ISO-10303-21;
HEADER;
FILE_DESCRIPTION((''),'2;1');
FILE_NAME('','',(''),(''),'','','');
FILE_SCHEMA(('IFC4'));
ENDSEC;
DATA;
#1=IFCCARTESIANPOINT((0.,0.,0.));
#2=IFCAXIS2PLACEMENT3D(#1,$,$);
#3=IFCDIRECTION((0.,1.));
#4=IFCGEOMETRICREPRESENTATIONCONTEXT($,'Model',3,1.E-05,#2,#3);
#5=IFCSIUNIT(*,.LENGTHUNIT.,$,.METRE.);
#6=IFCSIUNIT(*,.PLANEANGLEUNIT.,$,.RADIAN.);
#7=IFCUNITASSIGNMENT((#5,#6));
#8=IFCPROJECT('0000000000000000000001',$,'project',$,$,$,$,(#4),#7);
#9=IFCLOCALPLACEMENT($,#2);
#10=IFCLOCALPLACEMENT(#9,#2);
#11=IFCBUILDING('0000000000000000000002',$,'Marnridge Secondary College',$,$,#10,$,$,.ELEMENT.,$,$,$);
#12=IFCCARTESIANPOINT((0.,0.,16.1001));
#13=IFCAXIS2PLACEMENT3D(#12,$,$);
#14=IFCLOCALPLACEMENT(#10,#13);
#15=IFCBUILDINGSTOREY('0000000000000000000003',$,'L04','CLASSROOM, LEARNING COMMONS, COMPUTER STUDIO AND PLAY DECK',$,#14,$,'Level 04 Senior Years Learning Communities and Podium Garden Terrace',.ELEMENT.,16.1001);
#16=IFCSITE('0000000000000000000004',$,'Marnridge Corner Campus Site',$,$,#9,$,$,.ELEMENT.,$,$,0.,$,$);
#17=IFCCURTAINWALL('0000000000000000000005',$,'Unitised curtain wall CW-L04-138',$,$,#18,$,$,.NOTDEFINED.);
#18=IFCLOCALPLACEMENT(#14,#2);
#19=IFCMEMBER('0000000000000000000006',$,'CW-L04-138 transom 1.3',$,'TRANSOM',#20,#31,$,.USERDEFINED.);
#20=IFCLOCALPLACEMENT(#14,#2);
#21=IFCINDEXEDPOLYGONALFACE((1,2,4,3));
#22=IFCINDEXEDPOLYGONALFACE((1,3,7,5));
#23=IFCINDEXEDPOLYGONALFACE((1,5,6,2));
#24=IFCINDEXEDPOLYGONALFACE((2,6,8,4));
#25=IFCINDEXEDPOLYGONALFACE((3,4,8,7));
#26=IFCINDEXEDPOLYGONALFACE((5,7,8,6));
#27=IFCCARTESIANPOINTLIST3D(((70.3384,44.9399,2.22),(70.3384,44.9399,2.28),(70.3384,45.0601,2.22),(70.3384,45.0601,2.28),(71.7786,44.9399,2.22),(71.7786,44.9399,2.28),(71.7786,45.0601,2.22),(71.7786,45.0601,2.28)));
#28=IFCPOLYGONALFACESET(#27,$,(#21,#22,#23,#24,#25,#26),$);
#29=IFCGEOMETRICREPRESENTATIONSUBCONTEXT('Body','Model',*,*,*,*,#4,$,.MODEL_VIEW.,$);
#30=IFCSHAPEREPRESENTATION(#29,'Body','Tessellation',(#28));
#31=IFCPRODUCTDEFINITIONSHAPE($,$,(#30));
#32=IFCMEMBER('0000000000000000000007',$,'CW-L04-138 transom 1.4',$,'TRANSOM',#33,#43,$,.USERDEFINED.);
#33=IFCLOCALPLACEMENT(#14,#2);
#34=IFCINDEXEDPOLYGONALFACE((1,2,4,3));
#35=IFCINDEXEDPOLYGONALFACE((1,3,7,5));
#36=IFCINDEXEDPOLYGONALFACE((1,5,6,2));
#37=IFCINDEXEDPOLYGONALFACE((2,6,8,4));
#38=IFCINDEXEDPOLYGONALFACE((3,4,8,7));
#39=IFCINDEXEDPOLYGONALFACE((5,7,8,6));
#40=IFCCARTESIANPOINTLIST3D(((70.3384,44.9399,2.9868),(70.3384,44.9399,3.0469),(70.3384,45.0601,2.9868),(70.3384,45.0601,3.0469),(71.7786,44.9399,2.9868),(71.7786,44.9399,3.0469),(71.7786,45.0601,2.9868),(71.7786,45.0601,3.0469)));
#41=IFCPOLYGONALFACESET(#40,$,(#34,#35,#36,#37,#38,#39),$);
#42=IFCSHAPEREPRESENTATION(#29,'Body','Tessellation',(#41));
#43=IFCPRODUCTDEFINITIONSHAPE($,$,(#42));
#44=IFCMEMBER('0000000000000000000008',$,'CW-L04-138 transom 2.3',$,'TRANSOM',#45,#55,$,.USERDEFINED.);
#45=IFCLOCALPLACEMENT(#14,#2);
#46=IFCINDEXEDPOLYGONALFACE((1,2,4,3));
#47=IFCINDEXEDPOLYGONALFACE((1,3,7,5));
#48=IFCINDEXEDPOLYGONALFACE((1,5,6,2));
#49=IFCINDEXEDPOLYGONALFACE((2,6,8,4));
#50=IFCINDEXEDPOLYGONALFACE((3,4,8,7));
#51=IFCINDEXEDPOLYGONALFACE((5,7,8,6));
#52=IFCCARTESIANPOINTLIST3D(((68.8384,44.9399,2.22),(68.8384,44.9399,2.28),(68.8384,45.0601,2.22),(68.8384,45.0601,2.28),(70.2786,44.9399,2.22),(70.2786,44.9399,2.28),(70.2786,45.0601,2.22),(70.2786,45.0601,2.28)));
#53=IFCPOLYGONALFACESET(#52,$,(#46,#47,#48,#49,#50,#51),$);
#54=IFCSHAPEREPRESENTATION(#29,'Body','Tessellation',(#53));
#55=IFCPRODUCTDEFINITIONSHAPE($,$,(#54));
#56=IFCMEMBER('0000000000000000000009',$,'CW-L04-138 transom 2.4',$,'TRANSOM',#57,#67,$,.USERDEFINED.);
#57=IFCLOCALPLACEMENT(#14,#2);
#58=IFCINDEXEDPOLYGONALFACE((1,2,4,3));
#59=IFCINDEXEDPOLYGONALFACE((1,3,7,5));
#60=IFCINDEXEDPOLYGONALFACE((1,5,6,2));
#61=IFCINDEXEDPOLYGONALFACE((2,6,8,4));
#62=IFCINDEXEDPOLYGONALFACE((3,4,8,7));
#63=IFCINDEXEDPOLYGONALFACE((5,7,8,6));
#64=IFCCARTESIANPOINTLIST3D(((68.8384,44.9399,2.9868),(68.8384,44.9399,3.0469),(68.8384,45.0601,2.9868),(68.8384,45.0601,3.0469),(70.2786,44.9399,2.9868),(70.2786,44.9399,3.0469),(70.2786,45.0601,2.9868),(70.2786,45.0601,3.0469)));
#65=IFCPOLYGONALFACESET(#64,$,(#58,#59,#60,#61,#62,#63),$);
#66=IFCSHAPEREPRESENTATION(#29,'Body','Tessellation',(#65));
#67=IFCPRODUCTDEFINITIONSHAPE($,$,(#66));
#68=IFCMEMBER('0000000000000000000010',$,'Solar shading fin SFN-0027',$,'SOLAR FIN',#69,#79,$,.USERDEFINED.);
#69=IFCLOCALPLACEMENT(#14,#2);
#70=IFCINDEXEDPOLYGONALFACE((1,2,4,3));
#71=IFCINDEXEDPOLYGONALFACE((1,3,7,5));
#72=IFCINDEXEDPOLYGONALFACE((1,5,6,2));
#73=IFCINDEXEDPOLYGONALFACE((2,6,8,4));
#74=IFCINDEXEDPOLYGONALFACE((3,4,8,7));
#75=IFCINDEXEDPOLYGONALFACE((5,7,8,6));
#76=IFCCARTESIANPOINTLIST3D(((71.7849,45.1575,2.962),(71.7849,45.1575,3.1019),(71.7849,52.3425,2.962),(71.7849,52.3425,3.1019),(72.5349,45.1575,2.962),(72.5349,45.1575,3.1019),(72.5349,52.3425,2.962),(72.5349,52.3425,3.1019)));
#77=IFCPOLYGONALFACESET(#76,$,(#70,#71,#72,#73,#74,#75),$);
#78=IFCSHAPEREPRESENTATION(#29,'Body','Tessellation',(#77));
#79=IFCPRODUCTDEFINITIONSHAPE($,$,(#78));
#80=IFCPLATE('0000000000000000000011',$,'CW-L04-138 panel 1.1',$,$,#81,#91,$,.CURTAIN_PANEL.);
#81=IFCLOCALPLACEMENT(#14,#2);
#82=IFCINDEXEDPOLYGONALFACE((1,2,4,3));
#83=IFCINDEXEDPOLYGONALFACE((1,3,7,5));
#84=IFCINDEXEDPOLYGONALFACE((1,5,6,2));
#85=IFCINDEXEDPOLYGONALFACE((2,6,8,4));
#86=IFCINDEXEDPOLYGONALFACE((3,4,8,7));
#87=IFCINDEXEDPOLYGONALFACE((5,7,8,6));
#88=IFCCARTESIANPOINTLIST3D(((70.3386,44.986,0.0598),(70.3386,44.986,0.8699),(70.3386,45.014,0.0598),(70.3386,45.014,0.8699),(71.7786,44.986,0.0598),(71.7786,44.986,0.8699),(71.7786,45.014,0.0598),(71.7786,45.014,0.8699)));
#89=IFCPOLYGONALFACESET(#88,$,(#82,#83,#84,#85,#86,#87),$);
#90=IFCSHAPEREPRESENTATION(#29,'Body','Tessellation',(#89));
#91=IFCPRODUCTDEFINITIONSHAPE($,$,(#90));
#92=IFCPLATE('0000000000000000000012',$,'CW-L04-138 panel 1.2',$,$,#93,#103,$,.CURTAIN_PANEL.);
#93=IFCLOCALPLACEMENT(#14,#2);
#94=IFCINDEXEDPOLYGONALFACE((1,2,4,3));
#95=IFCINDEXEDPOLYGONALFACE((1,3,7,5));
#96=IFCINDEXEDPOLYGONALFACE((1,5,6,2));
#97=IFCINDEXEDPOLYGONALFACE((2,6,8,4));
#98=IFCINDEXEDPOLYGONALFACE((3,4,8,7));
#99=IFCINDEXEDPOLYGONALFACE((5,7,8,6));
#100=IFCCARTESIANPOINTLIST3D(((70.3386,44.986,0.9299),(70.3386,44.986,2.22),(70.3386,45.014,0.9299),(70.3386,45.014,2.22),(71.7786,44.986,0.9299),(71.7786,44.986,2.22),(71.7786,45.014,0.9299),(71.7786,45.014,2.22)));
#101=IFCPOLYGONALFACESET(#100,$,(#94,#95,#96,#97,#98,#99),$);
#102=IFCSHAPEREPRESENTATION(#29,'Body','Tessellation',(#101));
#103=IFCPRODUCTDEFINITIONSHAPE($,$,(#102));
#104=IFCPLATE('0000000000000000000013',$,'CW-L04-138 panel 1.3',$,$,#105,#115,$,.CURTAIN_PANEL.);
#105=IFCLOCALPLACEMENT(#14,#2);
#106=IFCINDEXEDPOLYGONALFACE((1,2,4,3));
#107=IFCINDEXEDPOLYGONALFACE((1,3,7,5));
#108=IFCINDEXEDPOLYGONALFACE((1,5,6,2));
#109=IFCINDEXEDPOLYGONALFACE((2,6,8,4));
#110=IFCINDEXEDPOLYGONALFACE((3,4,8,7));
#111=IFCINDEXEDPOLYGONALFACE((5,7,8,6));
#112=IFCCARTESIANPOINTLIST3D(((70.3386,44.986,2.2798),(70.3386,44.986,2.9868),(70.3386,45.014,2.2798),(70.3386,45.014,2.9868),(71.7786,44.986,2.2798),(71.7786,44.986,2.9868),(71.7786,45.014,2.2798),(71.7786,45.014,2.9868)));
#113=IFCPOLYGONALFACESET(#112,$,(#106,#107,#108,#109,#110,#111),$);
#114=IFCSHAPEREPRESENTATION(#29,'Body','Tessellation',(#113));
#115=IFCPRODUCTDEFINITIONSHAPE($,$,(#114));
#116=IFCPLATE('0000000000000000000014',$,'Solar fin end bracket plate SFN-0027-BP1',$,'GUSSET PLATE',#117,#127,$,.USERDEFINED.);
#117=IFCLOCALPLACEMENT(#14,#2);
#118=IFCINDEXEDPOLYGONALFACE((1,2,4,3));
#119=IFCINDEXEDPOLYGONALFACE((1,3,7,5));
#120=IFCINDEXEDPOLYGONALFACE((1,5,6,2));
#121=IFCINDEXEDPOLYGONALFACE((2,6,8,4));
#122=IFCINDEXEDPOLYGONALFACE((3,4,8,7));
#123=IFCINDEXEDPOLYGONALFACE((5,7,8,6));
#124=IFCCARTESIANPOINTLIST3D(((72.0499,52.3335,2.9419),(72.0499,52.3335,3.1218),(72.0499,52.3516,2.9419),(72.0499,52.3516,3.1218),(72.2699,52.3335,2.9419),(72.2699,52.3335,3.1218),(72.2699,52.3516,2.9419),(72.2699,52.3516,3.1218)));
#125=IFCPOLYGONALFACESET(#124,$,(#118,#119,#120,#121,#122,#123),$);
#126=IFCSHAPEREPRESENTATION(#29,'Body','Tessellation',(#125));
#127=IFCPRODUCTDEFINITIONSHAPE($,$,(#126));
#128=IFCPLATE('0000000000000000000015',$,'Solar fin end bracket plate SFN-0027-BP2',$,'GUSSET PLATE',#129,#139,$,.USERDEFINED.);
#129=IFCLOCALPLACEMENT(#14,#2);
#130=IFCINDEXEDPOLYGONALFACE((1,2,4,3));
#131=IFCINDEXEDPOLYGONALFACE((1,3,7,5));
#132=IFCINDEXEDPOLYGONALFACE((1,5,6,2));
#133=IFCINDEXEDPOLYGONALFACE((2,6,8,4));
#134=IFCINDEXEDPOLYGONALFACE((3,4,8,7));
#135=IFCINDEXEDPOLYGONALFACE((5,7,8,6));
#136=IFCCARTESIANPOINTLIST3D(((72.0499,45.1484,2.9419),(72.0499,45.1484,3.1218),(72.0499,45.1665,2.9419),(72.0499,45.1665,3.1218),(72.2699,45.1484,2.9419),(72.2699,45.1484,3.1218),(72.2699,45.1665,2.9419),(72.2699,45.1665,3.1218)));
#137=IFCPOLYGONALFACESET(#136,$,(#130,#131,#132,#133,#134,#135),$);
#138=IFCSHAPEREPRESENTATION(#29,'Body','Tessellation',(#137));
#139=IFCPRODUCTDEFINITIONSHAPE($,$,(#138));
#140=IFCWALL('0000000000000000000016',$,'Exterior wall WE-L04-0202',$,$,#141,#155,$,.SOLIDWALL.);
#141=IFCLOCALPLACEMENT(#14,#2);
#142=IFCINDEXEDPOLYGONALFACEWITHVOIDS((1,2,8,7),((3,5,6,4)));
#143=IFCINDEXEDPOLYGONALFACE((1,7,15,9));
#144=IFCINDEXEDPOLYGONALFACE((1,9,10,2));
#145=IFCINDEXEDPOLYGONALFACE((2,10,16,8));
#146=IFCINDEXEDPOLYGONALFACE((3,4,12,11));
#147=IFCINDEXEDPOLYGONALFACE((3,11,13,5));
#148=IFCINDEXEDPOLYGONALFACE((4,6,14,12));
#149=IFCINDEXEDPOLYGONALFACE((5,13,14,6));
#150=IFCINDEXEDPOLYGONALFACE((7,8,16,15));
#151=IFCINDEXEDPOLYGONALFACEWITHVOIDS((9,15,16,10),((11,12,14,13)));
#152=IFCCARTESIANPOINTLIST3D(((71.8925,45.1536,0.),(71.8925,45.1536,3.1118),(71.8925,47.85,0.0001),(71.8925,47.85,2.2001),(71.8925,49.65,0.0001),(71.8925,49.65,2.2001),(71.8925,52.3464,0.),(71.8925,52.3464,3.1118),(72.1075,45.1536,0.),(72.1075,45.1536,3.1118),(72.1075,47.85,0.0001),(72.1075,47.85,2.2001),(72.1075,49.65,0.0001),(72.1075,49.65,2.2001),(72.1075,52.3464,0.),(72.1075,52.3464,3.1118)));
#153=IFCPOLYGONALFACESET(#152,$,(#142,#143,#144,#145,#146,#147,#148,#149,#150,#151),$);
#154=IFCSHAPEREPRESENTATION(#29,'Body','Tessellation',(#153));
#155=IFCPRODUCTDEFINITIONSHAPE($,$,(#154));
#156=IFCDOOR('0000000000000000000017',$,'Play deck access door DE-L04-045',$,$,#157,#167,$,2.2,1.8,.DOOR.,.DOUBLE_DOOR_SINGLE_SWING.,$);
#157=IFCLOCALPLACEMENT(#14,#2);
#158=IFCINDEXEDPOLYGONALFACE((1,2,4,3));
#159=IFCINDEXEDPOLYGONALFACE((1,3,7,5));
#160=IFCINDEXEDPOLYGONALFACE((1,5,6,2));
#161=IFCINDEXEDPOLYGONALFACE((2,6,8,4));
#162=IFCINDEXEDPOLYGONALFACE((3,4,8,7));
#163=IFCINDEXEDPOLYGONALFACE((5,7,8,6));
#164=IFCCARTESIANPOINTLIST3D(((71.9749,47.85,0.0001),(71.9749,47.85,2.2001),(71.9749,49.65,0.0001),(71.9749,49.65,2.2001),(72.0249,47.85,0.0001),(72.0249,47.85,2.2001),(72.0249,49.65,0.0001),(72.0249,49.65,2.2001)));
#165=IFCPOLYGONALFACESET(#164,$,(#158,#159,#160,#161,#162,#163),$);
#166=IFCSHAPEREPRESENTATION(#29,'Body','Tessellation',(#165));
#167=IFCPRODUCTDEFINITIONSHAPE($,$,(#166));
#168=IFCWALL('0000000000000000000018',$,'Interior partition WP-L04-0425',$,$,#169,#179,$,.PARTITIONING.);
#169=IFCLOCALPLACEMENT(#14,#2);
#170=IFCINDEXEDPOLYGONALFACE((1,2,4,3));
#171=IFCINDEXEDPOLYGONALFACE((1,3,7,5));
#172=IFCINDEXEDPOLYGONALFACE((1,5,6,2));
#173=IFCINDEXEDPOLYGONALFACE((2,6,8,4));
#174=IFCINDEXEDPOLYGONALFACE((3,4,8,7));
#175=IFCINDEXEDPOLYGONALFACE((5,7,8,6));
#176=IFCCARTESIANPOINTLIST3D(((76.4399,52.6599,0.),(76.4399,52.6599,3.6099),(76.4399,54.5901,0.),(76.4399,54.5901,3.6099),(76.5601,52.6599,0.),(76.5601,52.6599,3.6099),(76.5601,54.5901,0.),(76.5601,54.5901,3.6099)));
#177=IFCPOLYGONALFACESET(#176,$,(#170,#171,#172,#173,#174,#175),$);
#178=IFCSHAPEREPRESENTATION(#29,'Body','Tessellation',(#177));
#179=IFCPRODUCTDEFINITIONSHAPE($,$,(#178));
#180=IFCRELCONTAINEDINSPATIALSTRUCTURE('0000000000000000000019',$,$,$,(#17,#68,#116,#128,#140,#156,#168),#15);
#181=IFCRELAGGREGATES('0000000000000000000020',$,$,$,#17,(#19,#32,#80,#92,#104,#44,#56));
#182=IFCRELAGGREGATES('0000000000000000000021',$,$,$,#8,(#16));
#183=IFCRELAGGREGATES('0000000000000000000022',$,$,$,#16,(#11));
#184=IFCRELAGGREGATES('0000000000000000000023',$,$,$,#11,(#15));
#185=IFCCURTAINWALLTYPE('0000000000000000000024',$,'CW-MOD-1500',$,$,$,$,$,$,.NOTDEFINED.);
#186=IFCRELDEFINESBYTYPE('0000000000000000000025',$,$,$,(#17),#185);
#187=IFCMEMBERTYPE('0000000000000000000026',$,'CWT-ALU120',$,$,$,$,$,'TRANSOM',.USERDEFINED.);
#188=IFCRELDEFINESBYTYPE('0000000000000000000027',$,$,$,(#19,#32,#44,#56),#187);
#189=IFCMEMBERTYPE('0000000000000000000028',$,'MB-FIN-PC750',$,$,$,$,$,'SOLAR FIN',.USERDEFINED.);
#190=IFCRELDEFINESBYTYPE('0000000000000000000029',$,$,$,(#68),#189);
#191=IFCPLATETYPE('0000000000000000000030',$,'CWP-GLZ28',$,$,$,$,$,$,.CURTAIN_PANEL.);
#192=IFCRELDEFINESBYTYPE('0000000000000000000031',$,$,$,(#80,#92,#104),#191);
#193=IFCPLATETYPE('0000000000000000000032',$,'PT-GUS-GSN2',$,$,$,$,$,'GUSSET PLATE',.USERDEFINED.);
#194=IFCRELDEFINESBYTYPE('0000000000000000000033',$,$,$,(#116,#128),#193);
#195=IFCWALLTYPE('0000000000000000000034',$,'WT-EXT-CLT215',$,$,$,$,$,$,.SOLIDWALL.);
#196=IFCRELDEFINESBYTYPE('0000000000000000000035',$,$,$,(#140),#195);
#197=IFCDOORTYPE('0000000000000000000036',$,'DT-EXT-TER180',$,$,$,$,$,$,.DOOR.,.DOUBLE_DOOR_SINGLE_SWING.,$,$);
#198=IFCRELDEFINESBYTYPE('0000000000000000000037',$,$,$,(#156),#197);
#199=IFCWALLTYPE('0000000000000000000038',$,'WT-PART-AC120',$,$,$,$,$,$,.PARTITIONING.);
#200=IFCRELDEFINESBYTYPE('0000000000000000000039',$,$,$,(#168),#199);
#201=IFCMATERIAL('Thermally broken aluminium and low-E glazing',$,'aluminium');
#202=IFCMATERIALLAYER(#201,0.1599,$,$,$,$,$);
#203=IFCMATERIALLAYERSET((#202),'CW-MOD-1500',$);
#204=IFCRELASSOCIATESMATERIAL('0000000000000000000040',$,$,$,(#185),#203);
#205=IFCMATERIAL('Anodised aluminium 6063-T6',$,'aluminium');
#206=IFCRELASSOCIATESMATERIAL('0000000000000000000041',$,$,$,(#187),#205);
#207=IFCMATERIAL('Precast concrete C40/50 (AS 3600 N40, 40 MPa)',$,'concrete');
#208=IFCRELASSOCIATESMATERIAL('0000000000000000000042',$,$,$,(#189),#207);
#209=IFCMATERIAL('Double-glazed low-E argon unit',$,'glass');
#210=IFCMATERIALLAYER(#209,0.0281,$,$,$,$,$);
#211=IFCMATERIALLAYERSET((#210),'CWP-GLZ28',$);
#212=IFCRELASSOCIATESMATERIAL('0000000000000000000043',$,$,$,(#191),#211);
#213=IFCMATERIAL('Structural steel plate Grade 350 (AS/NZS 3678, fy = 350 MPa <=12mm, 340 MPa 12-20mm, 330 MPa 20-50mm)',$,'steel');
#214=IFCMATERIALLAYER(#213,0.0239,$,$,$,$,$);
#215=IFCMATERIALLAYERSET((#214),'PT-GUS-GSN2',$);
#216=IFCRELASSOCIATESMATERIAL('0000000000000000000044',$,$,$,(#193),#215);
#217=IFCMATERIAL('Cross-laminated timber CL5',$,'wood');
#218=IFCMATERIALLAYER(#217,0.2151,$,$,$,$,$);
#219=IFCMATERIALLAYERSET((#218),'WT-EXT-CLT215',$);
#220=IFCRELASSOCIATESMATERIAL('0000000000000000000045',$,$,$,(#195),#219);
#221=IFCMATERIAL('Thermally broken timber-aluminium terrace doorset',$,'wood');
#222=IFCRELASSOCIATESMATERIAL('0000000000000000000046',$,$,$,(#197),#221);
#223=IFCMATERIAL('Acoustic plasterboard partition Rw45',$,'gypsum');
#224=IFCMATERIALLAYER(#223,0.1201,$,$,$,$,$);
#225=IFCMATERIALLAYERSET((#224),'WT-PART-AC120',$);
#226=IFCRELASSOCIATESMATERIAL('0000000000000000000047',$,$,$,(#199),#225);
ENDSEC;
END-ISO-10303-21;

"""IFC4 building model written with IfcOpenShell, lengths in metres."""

from ifc_helpers import new_model, si_unit, direction, frame, frame_2d, origin, origin_2d, place, context, subcontext, project, spatial, rectangle, extrude, material, layer, layer_set, material_profile, profile_set, type_object, element, fill, aggregate, save


model = new_model("IFC4")

# Units and contexts
model_context = context("Model", 3, precision=1e-05, world=origin(), true_north=direction((0.0, 1.0)))
body_context = subcontext(model_context, "Body", "Model", "MODEL_VIEW")
ifc_project = project(units=[si_unit("LENGTHUNIT", "METRE"), si_unit("PLANEANGLEUNIT", "RADIAN")], contexts=[model_context])

# Site, building, storey
site_placement = place(None, origin())
site = spatial("IfcSite", under=ifc_project, at=site_placement, Name="Marnridge Corner Campus Site", CompositionType="ELEMENT", RefElevation=0.0)
building_placement = place(site_placement, origin())
building = spatial("IfcBuilding", under=site, at=building_placement, Name="Marnridge Secondary College", CompositionType="ELEMENT")
storey_placement = place(building_placement, frame((0.0, 0.0, 16.1001)))
storey = spatial("IfcBuildingStorey", under=building, at=storey_placement, Name="L04", Description="CLASSROOM, LEARNING COMMONS, COMPUTER STUDIO AND PLAY DECK", LongName="Level 04 Senior Years Learning Communities and Podium Garden Terrace", CompositionType="ELEMENT", Elevation=16.1001)

# Curtain wall, members
ifc_material_1 = material(Name="Thermally broken aluminium and low-E glazing", Category="aluminium")
ifc_layer_1 = layer(ifc_material_1, 0.1599)
ifc_layer_set_1 = layer_set([ifc_layer_1], Name="CW-MOD-1500")
curtain_wall_type = type_object("IfcCurtainWallType", Name="CW-MOD-1500", PredefinedType="NOTDEFINED", material=ifc_layer_set_1)
curtain_wall_placement = place(storey_placement, origin())
curtain_wall = element("IfcCurtainWall", 1, at=curtain_wall_placement, inside=storey, type_object=curtain_wall_type, Name="Unitised curtain wall CW-L04-138", PredefinedType="NOTDEFINED")
ifc_material_2 = material(Name="Anodised aluminium 6063-T6", Category="aluminium")
ifc_material_profile_1 = material_profile(ifc_material_2, rectangle(XDim=0.0601, YDim=0.1201, at=origin_2d()), Name="ALU 60x120")
ifc_profile_set_1 = profile_set([ifc_material_profile_1], Name="Anodised aluminium 6063-T6")
member_type_1 = type_object("IfcMemberType", Name="CWT-ALU120", ElementType="TRANSOM", PredefinedType="USERDEFINED", material=ifc_profile_set_1)
member_1_placement = place(storey_placement, frame((71.7786, 45.0, 2.25), z_axis=(-1.0, 0.0, 0.0), x_axis=(0.0, 0.0, 1.0)))
member_1 = element("IfcMember", 2, at=member_1_placement, type_object=member_type_1, Name="CW-L04-138 transom 1.3", ObjectType="TRANSOM", PredefinedType="USERDEFINED", context=body_context, shape_type="SweptSolid", body=[
    extrude(rectangle(XDim=0.0601, YDim=0.1201, at=origin_2d()), origin(), (0.0, 0.0, 1.0), 1.4402),
])
member_2_placement = place(storey_placement, frame((71.7786, 45.0, 3.0168), z_axis=(-1.0, 0.0, 0.0), x_axis=(0.0, 0.0, 1.0)))
member_2 = element("IfcMember", 3, at=member_2_placement, type_object=member_type_1, Name="CW-L04-138 transom 1.4", ObjectType="TRANSOM", PredefinedType="USERDEFINED", context=body_context, shape_type="SweptSolid", body=[
    extrude(rectangle(XDim=0.0601, YDim=0.1201, at=origin_2d()), origin(), (0.0, 0.0, 1.0), 1.4402),
])
member_3_placement = place(storey_placement, frame((70.2786, 45.0, 2.25), z_axis=(-1.0, 0.0, 0.0), x_axis=(0.0, 0.0, 1.0)))
member_3 = element("IfcMember", 4, at=member_3_placement, type_object=member_type_1, Name="CW-L04-138 transom 2.3", ObjectType="TRANSOM", PredefinedType="USERDEFINED", context=body_context, shape_type="SweptSolid", body=[
    extrude(rectangle(XDim=0.0601, YDim=0.1201, at=origin_2d()), origin(), (0.0, 0.0, 1.0), 1.4402),
])
member_4_placement = place(storey_placement, frame((70.2786, 45.0, 3.0168), z_axis=(-1.0, 0.0, 0.0), x_axis=(0.0, 0.0, 1.0)))
member_4 = element("IfcMember", 5, at=member_4_placement, type_object=member_type_1, Name="CW-L04-138 transom 2.4", ObjectType="TRANSOM", PredefinedType="USERDEFINED", context=body_context, shape_type="SweptSolid", body=[
    extrude(rectangle(XDim=0.0601, YDim=0.1201, at=origin_2d()), origin(), (0.0, 0.0, 1.0), 1.4402),
])

# Member
ifc_material_3 = material(Name="Precast concrete C40/50 (AS 3600 N40, 40 MPa)", Category="concrete")
ifc_material_profile_2 = material_profile(ifc_material_3, rectangle(XDim=0.1399, YDim=0.75, at=origin_2d()), Name="FIN PC 140x750")
ifc_profile_set_2 = profile_set([ifc_material_profile_2], Name="Precast concrete C40/50 (AS 3600 N40, 40 MPa)")
member_type_2 = type_object("IfcMemberType", Name="MB-FIN-PC750", ElementType="SOLAR FIN", PredefinedType="USERDEFINED", material=ifc_profile_set_2)
member_5_placement = place(storey_placement, frame((72.1599, 52.3425, 3.032), z_axis=(0.0, -1.0, 0.0), x_axis=(0.0, 0.0, 1.0)))
element("IfcMember", 6, at=member_5_placement, inside=storey, type_object=member_type_2, Name="Solar shading fin SFN-0027", ObjectType="SOLAR FIN", PredefinedType="USERDEFINED", context=body_context, shape_type="SweptSolid", body=[
    extrude(rectangle(XDim=0.1399, YDim=0.75, at=origin_2d()), origin(), (0.0, 0.0, 1.0), 7.1851),
])

# Plates
ifc_material_4 = material(Name="Double-glazed low-E argon unit", Category="glass")
ifc_layer_2 = layer(ifc_material_4, 0.0281)
ifc_layer_set_2 = layer_set([ifc_layer_2], Name="CWP-GLZ28")
plate_type_1 = type_object("IfcPlateType", Name="CWP-GLZ28", PredefinedType="CURTAIN_PANEL", material=ifc_layer_set_2)
plate_1_placement = place(storey_placement, frame((71.0586, 45.0, 0.0598), z_axis=(0.0, 0.0, 1.0), x_axis=(-1.0, 0.0, 0.0)))
plate_1 = element("IfcPlate", 7, at=plate_1_placement, type_object=plate_type_1, Name="CW-L04-138 panel 1.1", PredefinedType="CURTAIN_PANEL", context=body_context, shape_type="SweptSolid", body=[
    extrude(rectangle(XDim=1.4399, YDim=0.0281, at=origin_2d()), origin(), (0.0, 0.0, 1.0), 0.8101),
])
plate_2_placement = place(storey_placement, frame((71.0586, 45.0, 0.9299), z_axis=(0.0, 0.0, 1.0), x_axis=(-1.0, 0.0, 0.0)))
plate_2 = element("IfcPlate", 8, at=plate_2_placement, type_object=plate_type_1, Name="CW-L04-138 panel 1.2", PredefinedType="CURTAIN_PANEL", context=body_context, shape_type="SweptSolid", body=[
    extrude(rectangle(XDim=1.4399, YDim=0.0281, at=origin_2d()), origin(), (0.0, 0.0, 1.0), 1.29),
])
plate_3_placement = place(storey_placement, frame((71.0586, 45.0, 2.2798), z_axis=(0.0, 0.0, 1.0), x_axis=(-1.0, 0.0, 0.0)))
plate_3 = element("IfcPlate", 9, at=plate_3_placement, type_object=plate_type_1, Name="CW-L04-138 panel 1.3", PredefinedType="CURTAIN_PANEL", context=body_context, shape_type="SweptSolid", body=[
    extrude(rectangle(XDim=1.4399, YDim=0.0281, at=origin_2d()), origin(), (0.0, 0.0, 1.0), 0.707),
])
aggregate(curtain_wall, [member_1, member_2, plate_1, plate_2, plate_3, member_3, member_4])

# Plates
ifc_material_5 = material(Name="Structural steel plate Grade 350 (AS/NZS 3678, fy = 350 MPa <=12mm, 340 MPa 12-20mm, 330 MPa 20-50mm)", Category="steel")
ifc_layer_3 = layer(ifc_material_5, 0.0239)
ifc_layer_set_3 = layer_set([ifc_layer_3], Name="PT-GUS-GSN2")
plate_type_2 = type_object("IfcPlateType", Name="PT-GUS-GSN2", ElementType="GUSSET PLATE", PredefinedType="USERDEFINED", material=ifc_layer_set_3)
for number, where, z_axis, x_axis, name in (
    (10, (72.1599, 52.3425, 2.9419), (0.0, 0.0, 1.0), (1.0, 0.0, 0.0), "Solar fin end bracket plate SFN-0027-BP1"),
    (11, (72.1599, 45.1575, 2.9419), (0.0, 0.0, 1.0), (1.0, 0.0, 0.0), "Solar fin end bracket plate SFN-0027-BP2"),
):
    element("IfcPlate", number, at=place(storey_placement, frame(where, z_axis=z_axis, x_axis=x_axis)), inside=storey, type_object=plate_type_2, Name=name, ObjectType="GUSSET PLATE", PredefinedType="USERDEFINED", context=body_context, shape_type="SweptSolid", body=[
        extrude(rectangle(XDim=0.22, YDim=0.0181, at=origin_2d()), origin(), (0.0, 0.0, 1.0), 0.1799),
    ])

# Wall, opening, door
ifc_material_6 = material(Name="Cross-laminated timber CL5", Category="wood")
ifc_layer_4 = layer(ifc_material_6, 0.2151)
ifc_layer_set_4 = layer_set([ifc_layer_4], Name="WT-EXT-CLT215")
wall_type_1 = type_object("IfcWallType", Name="WT-EXT-CLT215", PredefinedType="SOLIDWALL", material=ifc_layer_set_4)
wall_1_placement = place(storey_placement, frame((72.0, 52.3464, 0.0), z_axis=(0.0, 0.0, 1.0), x_axis=(0.0, -1.0, 0.0)))
wall_1 = element("IfcWall", 12, at=wall_1_placement, inside=storey, type_object=wall_type_1, Name="Exterior wall WE-L04-0202", PredefinedType="SOLIDWALL", context=body_context, shape_type="SweptSolid", body=[
    extrude(rectangle(XDim=7.1929, YDim=0.2151, at=frame_2d((3.5964, 0.0))), origin(), (0.0, 0.0, 1.0), 3.1118),
])
opening_placement = place(wall_1_placement, frame((2.6965, 0.0, 0.0)))
opening = element("IfcOpeningElement", 13, at=opening_placement, cuts=wall_1, PredefinedType="OPENING", context=body_context, shape_type="SweptSolid", body=[
    extrude(rectangle(XDim=1.8, YDim=2.2, at=frame_2d((0.8999, 1.1001))), frame((0.0, 0.1174, 0.0), z_axis=(0.0, -1.0, 0.0), x_axis=(1.0, 0.0, 0.0)), (0.0, 0.0, 1.0), 0.2351),
])
ifc_material_7 = material(Name="Thermally broken timber-aluminium terrace doorset", Category="wood")
door_type = type_object("IfcDoorType", Name="DT-EXT-TER180", OperationType="DOUBLE_DOOR_SINGLE_SWING", PredefinedType="DOOR", material=ifc_material_7)
door_placement = place(opening_placement, origin())
door = element("IfcDoor", 14, at=door_placement, inside=storey, type_object=door_type, Name="Play deck access door DE-L04-045", OperationType="DOUBLE_DOOR_SINGLE_SWING", OverallHeight=2.2, OverallWidth=1.8, PredefinedType="DOOR", context=body_context, shape_type="SweptSolid", body=[
    extrude(rectangle(XDim=1.8, YDim=2.2, at=frame_2d((0.8999, 1.1001))), frame((0.0, 0.0249, 0.0), z_axis=(0.0, -1.0, 0.0), x_axis=(1.0, 0.0, 0.0)), (0.0, 0.0, 1.0), 0.05),
])
fill(opening, door)

# Wall
ifc_material_8 = material(Name="Acoustic plasterboard partition Rw45", Category="gypsum")
ifc_layer_5 = layer(ifc_material_8, 0.1201)
ifc_layer_set_5 = layer_set([ifc_layer_5], Name="WT-PART-AC120")
wall_type_2 = type_object("IfcWallType", Name="WT-PART-AC120", PredefinedType="PARTITIONING", material=ifc_layer_set_5)
wall_2_placement = place(storey_placement, frame((76.5, 52.6599, 0.0), z_axis=(0.0, 0.0, 1.0), x_axis=(0.0, 1.0, 0.0)))
element("IfcWall", 15, at=wall_2_placement, inside=storey, type_object=wall_type_2, Name="Interior partition WP-L04-0425", PredefinedType="PARTITIONING", context=body_context, shape_type="SweptSolid", body=[
    extrude(rectangle(XDim=1.9302, YDim=0.1201, at=frame_2d((0.9651, 0.0))), origin(), (0.0, 0.0, 1.0), 3.6099),
])

save(model, "model.ifc")
